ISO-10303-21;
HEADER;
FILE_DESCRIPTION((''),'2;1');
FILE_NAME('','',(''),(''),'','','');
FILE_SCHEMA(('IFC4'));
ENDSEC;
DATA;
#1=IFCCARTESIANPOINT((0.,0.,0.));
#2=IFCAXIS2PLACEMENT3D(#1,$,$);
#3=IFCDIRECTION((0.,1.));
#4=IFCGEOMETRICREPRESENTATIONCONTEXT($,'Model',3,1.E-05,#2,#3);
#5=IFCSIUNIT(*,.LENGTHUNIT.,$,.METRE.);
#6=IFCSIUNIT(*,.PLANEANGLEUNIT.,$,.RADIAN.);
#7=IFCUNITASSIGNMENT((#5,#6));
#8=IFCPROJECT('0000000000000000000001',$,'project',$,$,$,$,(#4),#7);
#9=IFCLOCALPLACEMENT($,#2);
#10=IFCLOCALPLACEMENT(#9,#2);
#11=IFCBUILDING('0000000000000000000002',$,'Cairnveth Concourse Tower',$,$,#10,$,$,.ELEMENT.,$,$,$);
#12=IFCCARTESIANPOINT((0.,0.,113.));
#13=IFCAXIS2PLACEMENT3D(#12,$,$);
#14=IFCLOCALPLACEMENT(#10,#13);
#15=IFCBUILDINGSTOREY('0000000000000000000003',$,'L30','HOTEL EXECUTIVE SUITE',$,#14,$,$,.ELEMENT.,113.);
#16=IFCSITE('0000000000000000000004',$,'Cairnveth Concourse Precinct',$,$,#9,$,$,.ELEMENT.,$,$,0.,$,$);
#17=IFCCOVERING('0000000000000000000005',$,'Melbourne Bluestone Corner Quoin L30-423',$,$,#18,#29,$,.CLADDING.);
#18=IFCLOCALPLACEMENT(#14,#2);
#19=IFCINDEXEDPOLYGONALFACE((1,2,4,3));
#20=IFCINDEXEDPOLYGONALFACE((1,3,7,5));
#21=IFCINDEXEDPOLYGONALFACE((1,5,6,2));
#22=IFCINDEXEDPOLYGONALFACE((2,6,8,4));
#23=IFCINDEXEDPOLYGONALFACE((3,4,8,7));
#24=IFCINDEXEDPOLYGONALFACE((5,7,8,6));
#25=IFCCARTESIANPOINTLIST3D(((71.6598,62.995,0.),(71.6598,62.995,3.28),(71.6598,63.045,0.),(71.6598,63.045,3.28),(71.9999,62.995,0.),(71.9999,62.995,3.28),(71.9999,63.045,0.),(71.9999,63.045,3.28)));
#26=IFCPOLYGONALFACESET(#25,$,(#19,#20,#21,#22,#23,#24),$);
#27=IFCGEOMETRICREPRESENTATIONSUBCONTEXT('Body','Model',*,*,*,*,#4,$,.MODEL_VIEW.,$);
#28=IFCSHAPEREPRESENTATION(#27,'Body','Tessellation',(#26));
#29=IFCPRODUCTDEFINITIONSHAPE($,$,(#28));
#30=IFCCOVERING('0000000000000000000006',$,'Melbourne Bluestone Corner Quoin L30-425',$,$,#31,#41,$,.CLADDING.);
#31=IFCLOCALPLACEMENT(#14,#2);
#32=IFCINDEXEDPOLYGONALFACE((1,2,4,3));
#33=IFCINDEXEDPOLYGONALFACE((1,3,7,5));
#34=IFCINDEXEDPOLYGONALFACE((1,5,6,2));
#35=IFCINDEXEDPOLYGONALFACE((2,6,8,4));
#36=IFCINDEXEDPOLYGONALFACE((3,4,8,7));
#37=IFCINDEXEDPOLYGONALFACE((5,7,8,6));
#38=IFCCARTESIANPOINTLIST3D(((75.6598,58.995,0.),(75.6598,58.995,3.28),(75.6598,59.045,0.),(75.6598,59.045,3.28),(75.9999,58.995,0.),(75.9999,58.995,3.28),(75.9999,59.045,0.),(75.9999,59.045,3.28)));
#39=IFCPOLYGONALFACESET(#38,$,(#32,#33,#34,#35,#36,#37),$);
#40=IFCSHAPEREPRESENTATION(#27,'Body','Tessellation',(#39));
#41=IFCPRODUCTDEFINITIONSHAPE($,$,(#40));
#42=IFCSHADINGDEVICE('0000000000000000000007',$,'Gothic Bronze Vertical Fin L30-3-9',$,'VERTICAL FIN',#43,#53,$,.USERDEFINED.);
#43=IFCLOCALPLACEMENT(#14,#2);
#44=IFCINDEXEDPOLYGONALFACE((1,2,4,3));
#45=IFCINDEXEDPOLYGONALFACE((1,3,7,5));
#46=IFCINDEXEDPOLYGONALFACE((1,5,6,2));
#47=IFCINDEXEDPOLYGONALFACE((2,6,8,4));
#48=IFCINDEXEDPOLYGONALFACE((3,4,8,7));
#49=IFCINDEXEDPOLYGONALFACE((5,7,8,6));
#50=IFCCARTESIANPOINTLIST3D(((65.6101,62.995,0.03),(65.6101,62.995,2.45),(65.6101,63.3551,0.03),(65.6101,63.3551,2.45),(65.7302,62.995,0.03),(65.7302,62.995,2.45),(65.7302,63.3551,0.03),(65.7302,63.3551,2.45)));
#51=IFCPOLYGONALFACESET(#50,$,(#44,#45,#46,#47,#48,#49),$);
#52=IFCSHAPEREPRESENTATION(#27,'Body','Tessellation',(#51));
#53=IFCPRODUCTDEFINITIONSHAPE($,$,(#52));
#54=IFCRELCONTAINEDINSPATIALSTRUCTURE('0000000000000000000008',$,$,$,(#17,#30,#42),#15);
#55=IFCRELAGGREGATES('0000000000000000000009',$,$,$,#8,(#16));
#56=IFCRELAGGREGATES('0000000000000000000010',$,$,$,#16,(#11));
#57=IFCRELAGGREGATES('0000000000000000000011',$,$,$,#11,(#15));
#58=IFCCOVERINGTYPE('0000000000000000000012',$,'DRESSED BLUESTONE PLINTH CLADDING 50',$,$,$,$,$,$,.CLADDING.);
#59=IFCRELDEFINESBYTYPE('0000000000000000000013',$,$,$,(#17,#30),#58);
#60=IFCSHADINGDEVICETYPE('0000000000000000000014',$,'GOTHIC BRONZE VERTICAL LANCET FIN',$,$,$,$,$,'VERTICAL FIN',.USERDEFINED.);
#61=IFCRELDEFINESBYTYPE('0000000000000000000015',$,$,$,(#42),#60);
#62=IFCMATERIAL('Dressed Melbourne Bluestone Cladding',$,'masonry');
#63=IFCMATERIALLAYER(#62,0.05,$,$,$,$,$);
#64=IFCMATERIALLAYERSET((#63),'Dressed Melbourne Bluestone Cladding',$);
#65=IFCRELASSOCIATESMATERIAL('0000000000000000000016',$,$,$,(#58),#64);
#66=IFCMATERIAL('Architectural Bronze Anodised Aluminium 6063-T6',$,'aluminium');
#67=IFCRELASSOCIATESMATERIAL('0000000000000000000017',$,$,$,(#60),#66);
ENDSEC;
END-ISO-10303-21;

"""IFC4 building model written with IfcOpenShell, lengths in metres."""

from ifc_helpers import new_model, si_unit, direction, frame, frame_2d, origin, origin_2d, place, context, subcontext, project, spatial, rectangle, extrude, material, layer, layer_set, type_object, element, save


model = new_model("IFC4")

# Units and contexts
model_context = context("Model", 3, precision=1e-05, world=origin(), true_north=direction((0.0, 1.0)))
body_context = subcontext(model_context, "Body", "Model", "MODEL_VIEW")
ifc_project = project(units=[si_unit("LENGTHUNIT", "METRE"), si_unit("PLANEANGLEUNIT", "RADIAN")], contexts=[model_context])

# Site, building, storey
site_placement = place(None, origin())
site = spatial("IfcSite", under=ifc_project, at=site_placement, Name="Cairnveth Concourse Precinct", CompositionType="ELEMENT", RefElevation=0.0)
building_placement = place(site_placement, origin())
building = spatial("IfcBuilding", under=site, at=building_placement, Name="Cairnveth Concourse Tower", CompositionType="ELEMENT")
storey_placement = place(building_placement, frame((0.0, 0.0, 113.0)))
storey = spatial("IfcBuildingStorey", under=building, at=storey_placement, Name="L30", Description="HOTEL EXECUTIVE SUITE", CompositionType="ELEMENT", Elevation=113.0)

# Coverings
ifc_material_1 = material(Name="Dressed Melbourne Bluestone Cladding", Category="masonry")
ifc_layer_1 = layer(ifc_material_1, 0.05)
ifc_layer_set_1 = layer_set([ifc_layer_1], Name="Dressed Melbourne Bluestone Cladding")
covering_type = type_object("IfcCoveringType", Name="DRESSED BLUESTONE PLINTH CLADDING 50", PredefinedType="CLADDING", material=ifc_layer_set_1)
for number, where, z_axis, x_axis, name in (
    (1, (71.6599, 63.02, 0.0), (0.0, 0.0, 1.0), (1.0, 0.0, 0.0), "Melbourne Bluestone Corner Quoin L30-423"),
    (2, (75.6599, 59.02, 0.0), (0.0, 0.0, 1.0), (1.0, 0.0, 0.0), "Melbourne Bluestone Corner Quoin L30-425"),
):
    element("IfcCovering", number, at=place(storey_placement, frame(where, z_axis=z_axis, x_axis=x_axis)), inside=storey, type_object=covering_type, Name=name, PredefinedType="CLADDING", context=body_context, shape_type="SweptSolid", body=[
        extrude(rectangle(XDim=0.3401, YDim=0.05, at=frame_2d((0.1699, 0.0))), origin(), (0.0, 0.0, 1.0), 3.28),
    ])

# Shading device
ifc_material_2 = material(Name="Architectural Bronze Anodised Aluminium 6063-T6", Category="aluminium")
shading_device_type = type_object("IfcShadingDeviceType", Name="GOTHIC BRONZE VERTICAL LANCET FIN", ElementType="VERTICAL FIN", PredefinedType="USERDEFINED", material=ifc_material_2)
shading_device_placement = place(storey_placement, frame((65.6702, 63.175, 0.03), z_axis=(0.0, 0.0, 1.0), x_axis=(1.0, 0.0, 0.0)))
element("IfcShadingDevice", 3, at=shading_device_placement, inside=storey, type_object=shading_device_type, Name="Gothic Bronze Vertical Fin L30-3-9", ObjectType="VERTICAL FIN", PredefinedType="USERDEFINED", context=body_context, shape_type="SweptSolid", body=[
    extrude(rectangle(XDim=0.1201, YDim=0.3601, at=origin_2d()), origin(), (0.0, 0.0, 1.0), 2.4199),
])

save(model, "model.ifc")
